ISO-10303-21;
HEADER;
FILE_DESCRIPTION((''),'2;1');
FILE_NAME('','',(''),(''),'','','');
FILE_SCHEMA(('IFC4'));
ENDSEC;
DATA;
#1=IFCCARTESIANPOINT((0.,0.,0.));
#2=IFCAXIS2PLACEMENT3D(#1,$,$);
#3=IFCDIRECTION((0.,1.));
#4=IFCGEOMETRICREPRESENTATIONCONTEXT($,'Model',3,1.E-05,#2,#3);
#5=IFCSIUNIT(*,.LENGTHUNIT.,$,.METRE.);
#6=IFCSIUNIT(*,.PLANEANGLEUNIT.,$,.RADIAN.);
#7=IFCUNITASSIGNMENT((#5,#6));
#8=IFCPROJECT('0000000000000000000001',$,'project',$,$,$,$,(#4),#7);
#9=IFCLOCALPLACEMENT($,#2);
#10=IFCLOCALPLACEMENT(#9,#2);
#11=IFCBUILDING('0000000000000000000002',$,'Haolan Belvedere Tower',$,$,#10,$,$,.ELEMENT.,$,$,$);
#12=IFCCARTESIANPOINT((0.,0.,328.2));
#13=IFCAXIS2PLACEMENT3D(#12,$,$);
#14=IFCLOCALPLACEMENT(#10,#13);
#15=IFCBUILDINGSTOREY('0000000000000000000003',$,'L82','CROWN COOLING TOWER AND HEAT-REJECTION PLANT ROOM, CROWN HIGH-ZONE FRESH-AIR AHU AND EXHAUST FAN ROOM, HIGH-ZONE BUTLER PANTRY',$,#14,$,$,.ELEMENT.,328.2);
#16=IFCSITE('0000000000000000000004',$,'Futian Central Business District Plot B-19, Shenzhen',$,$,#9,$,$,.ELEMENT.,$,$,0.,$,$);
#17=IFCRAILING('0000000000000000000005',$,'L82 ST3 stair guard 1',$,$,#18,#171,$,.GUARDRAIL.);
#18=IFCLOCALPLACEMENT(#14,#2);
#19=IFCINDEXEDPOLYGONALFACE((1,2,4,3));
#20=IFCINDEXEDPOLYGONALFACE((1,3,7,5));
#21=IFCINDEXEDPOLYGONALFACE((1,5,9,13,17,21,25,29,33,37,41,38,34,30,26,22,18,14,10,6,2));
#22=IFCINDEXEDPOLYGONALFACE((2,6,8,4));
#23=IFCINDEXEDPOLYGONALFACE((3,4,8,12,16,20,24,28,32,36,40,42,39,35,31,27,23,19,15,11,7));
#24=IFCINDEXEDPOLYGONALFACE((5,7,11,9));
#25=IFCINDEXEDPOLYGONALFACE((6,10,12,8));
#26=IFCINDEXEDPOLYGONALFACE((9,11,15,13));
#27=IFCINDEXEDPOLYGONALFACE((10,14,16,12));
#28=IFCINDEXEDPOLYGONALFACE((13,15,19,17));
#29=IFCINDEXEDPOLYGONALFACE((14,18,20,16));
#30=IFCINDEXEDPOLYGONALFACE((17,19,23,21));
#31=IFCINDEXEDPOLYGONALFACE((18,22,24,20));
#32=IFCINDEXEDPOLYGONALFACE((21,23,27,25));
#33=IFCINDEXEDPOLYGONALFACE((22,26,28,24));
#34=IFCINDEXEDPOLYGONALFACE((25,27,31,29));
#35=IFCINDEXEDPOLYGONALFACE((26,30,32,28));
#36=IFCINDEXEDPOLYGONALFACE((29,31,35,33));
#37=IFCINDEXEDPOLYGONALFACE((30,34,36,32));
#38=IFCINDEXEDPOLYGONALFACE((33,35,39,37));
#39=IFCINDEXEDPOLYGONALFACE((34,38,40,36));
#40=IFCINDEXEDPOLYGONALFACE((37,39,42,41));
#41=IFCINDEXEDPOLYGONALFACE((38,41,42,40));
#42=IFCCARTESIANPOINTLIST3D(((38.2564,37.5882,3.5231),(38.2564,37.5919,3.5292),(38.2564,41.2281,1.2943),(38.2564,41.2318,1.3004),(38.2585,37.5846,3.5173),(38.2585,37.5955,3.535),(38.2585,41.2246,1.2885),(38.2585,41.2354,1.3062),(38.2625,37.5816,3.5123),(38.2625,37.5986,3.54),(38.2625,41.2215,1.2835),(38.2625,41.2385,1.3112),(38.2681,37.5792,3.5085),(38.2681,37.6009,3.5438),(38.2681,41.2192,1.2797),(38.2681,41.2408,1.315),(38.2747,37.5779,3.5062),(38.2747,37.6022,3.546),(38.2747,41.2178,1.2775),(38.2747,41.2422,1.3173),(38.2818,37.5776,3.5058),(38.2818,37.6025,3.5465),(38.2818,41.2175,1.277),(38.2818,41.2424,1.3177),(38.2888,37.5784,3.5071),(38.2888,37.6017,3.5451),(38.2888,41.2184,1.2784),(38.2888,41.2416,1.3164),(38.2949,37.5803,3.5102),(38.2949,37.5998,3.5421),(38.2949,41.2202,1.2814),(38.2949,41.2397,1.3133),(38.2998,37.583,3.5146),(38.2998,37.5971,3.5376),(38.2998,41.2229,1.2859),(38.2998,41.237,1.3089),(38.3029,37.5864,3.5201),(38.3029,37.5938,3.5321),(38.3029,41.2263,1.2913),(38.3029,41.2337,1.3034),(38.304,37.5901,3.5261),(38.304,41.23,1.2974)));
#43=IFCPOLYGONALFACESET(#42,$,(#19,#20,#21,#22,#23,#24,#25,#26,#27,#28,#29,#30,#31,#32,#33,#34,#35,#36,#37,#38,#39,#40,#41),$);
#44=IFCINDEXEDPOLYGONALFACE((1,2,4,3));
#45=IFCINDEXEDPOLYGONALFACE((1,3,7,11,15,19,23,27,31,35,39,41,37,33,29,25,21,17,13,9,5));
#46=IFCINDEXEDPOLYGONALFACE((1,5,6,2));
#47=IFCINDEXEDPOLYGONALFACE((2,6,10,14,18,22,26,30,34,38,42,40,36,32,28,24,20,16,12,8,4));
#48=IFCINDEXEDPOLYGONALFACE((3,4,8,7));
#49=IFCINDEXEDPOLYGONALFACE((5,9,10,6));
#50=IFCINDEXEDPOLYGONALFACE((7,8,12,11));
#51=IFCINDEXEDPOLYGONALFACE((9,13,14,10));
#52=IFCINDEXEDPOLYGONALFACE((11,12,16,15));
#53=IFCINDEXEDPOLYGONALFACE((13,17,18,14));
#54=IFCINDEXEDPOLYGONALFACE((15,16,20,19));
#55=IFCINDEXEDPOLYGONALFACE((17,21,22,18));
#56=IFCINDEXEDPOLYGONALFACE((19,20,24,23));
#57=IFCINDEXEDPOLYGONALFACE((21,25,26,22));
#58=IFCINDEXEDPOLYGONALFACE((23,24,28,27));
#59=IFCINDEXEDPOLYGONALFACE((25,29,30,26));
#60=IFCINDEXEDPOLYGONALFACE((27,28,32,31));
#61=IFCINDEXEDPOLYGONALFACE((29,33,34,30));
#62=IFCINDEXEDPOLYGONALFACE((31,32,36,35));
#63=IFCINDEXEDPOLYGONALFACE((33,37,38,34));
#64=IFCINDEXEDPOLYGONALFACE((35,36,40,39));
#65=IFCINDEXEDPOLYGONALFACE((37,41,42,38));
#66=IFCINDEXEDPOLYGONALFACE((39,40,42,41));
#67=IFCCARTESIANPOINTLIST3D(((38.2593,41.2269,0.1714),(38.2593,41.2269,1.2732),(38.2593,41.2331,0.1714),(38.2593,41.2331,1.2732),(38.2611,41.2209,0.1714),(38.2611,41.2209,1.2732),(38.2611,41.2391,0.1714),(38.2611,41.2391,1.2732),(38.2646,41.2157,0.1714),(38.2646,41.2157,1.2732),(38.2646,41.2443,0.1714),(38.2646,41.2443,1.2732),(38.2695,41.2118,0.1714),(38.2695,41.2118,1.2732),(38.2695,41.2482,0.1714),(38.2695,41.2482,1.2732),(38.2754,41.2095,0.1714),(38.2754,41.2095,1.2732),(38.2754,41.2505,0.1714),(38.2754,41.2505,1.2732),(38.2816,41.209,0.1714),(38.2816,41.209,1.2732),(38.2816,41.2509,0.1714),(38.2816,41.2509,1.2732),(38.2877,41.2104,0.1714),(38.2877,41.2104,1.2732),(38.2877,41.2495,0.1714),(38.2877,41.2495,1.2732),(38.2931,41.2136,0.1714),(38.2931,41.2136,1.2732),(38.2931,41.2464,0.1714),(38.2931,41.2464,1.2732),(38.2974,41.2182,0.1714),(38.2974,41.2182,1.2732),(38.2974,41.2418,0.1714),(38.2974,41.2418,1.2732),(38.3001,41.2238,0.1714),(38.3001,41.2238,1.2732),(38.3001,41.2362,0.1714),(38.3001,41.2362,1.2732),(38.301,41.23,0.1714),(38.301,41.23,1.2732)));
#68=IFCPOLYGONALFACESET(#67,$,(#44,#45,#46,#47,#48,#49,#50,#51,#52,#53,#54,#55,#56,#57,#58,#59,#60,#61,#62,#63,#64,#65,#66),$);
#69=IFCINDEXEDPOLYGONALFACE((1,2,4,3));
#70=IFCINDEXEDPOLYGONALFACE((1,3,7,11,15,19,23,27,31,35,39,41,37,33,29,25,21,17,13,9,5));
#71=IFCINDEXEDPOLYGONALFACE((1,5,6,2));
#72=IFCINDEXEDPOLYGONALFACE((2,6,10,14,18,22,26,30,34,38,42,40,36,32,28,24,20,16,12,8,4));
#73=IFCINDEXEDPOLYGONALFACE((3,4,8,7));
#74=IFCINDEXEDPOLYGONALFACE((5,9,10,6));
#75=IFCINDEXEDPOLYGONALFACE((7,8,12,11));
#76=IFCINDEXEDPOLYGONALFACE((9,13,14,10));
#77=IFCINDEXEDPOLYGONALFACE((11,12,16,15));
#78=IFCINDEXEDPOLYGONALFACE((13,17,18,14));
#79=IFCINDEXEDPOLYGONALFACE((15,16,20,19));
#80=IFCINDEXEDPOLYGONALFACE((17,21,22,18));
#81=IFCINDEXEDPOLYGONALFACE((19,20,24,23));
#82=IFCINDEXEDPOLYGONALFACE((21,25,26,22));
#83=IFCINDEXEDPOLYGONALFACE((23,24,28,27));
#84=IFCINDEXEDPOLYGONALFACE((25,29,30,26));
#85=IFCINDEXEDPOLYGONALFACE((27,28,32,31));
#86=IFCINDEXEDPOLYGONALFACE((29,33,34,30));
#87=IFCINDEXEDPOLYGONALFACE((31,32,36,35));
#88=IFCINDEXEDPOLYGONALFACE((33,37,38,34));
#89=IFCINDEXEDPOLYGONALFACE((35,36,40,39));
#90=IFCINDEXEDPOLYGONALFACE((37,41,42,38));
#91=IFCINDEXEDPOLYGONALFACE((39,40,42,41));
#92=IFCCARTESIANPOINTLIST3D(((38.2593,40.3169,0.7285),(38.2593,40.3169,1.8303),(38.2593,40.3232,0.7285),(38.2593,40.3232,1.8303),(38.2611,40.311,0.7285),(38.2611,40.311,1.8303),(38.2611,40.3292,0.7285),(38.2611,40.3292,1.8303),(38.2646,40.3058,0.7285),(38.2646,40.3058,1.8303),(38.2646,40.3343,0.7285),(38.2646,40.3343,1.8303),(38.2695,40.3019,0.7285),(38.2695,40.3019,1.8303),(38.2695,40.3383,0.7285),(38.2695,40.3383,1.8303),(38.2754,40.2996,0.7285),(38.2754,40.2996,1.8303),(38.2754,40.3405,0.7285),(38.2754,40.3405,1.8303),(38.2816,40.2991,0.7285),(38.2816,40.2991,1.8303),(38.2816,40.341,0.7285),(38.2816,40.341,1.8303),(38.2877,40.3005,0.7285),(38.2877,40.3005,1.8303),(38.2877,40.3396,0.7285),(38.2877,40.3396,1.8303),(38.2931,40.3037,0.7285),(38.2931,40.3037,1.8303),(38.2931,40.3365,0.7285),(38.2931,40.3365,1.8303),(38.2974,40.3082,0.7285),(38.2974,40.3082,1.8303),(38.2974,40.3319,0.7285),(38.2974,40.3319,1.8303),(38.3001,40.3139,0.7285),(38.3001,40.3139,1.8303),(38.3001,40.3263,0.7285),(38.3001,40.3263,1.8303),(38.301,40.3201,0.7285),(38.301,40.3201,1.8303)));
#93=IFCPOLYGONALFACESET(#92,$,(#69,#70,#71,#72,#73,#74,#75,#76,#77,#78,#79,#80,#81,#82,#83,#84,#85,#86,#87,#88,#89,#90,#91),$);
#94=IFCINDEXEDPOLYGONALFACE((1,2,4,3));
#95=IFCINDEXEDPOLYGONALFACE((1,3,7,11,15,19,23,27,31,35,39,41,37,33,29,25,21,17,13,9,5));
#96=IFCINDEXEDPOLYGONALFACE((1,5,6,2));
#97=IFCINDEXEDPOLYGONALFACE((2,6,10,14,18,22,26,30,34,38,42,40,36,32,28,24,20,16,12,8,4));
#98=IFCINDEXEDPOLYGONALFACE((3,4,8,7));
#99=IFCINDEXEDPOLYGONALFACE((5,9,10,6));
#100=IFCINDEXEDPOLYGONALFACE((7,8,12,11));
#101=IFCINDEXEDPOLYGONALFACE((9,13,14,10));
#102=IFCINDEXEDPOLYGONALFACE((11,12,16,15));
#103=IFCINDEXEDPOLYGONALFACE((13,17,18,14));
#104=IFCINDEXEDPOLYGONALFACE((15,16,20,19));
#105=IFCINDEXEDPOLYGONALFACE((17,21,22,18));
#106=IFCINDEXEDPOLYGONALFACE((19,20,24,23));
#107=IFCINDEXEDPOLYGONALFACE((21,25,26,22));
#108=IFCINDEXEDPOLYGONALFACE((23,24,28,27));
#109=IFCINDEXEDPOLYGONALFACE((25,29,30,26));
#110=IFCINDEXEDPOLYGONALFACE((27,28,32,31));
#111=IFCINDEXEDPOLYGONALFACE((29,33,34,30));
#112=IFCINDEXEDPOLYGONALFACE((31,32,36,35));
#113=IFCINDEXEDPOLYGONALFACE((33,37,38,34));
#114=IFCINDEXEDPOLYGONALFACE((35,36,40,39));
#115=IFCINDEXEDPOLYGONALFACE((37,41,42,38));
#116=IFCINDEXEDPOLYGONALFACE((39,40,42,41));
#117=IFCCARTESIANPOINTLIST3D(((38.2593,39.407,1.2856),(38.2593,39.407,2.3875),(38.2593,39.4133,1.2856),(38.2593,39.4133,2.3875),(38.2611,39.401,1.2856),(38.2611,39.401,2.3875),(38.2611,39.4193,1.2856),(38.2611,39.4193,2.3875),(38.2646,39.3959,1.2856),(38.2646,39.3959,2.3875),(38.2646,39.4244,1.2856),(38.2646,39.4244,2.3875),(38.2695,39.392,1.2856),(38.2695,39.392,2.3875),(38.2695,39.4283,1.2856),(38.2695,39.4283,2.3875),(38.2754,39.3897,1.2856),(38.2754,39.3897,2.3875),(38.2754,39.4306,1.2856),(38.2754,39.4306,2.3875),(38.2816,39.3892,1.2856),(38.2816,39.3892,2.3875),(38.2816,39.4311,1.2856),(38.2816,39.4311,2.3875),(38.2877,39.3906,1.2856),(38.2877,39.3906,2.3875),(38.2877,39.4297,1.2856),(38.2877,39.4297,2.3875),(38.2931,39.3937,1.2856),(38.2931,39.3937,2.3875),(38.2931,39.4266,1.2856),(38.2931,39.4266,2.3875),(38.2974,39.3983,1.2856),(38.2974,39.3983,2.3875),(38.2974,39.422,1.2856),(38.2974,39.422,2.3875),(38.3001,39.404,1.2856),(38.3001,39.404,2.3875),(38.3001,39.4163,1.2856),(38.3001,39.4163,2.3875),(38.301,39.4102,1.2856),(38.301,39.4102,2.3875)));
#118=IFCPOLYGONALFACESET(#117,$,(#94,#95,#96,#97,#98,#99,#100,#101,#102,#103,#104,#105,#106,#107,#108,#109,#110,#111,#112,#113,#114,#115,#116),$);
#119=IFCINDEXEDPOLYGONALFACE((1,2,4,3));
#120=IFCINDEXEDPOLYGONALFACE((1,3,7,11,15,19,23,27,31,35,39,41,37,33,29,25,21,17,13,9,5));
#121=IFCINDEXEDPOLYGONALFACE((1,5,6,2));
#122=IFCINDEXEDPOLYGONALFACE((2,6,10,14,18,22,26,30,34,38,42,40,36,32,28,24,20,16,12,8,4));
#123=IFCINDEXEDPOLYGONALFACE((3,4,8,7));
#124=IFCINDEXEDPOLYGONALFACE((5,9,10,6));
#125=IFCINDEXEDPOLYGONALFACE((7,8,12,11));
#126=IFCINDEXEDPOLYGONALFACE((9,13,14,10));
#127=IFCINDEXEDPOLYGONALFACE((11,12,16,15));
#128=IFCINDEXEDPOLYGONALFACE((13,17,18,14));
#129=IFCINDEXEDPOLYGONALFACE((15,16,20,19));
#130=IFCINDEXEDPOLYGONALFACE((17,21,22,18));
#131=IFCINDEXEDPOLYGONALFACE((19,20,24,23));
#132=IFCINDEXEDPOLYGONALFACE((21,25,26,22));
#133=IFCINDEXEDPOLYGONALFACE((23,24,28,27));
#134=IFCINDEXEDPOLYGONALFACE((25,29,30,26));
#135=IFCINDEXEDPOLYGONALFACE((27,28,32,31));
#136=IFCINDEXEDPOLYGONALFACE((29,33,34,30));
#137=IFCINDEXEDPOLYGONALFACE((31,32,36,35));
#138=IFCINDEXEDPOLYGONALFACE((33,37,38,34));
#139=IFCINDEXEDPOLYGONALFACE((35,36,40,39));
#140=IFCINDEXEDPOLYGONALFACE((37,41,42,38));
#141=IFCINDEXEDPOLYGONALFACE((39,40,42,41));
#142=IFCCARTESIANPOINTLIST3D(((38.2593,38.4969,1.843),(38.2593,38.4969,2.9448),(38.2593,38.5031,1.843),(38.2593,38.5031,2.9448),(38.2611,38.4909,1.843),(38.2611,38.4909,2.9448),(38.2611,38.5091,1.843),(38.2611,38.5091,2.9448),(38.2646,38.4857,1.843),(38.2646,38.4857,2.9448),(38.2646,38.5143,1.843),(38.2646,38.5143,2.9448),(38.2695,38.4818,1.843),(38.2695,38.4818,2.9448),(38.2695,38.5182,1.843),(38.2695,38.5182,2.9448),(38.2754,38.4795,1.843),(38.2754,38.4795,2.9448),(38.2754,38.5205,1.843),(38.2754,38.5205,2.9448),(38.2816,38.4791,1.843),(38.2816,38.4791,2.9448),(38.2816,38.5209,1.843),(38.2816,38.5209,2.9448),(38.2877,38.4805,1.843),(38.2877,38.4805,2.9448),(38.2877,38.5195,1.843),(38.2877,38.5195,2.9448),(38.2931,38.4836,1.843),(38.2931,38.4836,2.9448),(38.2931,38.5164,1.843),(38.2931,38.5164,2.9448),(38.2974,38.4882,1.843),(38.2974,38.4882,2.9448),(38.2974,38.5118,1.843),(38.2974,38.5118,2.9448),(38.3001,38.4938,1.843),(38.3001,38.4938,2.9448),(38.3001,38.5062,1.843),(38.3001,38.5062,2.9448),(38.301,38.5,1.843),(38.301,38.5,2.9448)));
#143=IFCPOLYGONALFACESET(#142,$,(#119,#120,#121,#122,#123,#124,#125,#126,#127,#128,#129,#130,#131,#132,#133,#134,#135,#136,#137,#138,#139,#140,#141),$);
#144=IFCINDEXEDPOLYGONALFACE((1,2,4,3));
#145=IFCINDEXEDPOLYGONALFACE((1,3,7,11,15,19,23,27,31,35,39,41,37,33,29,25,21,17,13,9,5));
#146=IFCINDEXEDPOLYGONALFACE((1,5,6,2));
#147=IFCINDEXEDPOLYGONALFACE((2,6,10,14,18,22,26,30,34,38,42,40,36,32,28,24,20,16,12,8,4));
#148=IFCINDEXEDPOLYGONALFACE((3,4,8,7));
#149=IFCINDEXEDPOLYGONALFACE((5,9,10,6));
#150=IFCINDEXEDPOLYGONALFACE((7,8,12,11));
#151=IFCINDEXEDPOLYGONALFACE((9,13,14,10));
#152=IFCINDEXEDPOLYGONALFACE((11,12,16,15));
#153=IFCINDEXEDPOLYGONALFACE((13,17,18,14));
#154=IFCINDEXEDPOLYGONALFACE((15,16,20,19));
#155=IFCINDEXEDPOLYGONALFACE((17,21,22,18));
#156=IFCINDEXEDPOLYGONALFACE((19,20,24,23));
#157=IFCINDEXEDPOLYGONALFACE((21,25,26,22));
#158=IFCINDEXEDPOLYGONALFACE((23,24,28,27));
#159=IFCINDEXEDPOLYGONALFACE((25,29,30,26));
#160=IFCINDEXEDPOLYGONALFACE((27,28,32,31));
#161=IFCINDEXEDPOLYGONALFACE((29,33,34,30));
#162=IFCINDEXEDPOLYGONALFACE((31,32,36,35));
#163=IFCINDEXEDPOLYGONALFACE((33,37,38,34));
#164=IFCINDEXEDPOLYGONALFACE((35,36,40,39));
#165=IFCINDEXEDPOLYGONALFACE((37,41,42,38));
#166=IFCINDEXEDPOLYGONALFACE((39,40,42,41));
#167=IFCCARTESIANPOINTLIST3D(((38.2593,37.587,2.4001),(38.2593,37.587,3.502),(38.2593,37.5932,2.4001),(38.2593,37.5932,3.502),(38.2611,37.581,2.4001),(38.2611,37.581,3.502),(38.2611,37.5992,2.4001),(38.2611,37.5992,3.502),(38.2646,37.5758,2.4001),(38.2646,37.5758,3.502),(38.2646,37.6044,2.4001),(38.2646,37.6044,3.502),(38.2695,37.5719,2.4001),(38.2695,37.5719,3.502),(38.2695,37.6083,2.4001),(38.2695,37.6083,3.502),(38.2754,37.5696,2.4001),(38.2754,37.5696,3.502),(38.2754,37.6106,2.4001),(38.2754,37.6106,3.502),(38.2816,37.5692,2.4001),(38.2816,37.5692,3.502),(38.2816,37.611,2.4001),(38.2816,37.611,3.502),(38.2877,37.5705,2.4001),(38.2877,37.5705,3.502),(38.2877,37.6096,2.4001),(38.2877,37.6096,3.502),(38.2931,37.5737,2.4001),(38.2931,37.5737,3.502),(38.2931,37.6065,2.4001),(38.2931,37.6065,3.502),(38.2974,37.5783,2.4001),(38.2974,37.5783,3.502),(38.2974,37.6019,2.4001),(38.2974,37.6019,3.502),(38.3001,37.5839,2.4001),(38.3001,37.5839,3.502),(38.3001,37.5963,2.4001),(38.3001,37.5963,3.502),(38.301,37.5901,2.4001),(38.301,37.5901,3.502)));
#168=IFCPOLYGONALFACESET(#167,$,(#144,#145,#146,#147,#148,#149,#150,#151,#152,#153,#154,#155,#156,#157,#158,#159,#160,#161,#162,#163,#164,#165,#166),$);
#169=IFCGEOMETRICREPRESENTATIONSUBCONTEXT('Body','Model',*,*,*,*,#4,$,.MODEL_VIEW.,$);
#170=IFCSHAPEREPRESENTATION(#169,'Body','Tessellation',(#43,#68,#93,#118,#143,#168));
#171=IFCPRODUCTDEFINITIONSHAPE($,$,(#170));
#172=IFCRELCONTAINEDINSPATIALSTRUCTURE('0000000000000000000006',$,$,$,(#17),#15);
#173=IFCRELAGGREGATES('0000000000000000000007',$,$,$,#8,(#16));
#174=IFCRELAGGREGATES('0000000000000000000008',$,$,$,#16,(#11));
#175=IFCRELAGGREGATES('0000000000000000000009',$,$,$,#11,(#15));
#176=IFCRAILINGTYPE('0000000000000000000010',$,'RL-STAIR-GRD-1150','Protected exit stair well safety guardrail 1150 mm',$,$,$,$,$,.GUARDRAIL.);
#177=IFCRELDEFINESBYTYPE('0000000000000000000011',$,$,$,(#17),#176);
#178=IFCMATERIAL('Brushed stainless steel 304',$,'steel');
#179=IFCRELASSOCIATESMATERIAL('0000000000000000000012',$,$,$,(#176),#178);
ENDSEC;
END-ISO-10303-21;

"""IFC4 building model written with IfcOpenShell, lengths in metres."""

from ifc_helpers import new_model, si_unit, direction, frame, origin, origin_2d, place, context, subcontext, project, spatial, circle, extrude, material, type_object, element, save


model = new_model("IFC4")

# Units and contexts
model_context = context("Model", 3, precision=1e-05, world=origin(), true_north=direction((0.0, 1.0)))
body_context = subcontext(model_context, "Body", "Model", "MODEL_VIEW")
ifc_project = project(units=[si_unit("LENGTHUNIT", "METRE"), si_unit("PLANEANGLEUNIT", "RADIAN")], contexts=[model_context])

# Site, building, storey
site_placement = place(None, origin())
site = spatial("IfcSite", under=ifc_project, at=site_placement, Name="Futian Central Business District Plot B-19, Shenzhen", CompositionType="ELEMENT", RefElevation=0.0)
building_placement = place(site_placement, origin())
building = spatial("IfcBuilding", under=site, at=building_placement, Name="Haolan Belvedere Tower", CompositionType="ELEMENT")
storey_placement = place(building_placement, frame((0.0, 0.0, 328.2)))
storey = spatial("IfcBuildingStorey", under=building, at=storey_placement, Name="L82", Description="CROWN COOLING TOWER AND HEAT-REJECTION PLANT ROOM, CROWN HIGH-ZONE FRESH-AIR AHU AND EXHAUST FAN ROOM, HIGH-ZONE BUTLER PANTRY", CompositionType="ELEMENT", Elevation=328.2)

# Railing
ifc_material_1 = material(Name="Brushed stainless steel 304", Category="steel")
railing_type_1 = type_object("IfcRailingType", Name="RL-STAIR-GRD-1150", Description="Protected exit stair well safety guardrail 1150 mm", PredefinedType="GUARDRAIL", material=ifc_material_1)
railing_1_placement = place(storey_placement, frame((38.28, 41.23, 0.1714)))
element("IfcRailing", 1, at=railing_1_placement, inside=storey, type_object=railing_type_1, Name="L82 ST3 stair guard 1", PredefinedType="GUARDRAIL", context=body_context, shape_type="SweptSolid", body=[
    extrude(circle(Radius=0.0239, at=origin_2d()), frame((0.0, 0.0, 1.126), z_axis=(0.0, -0.852825, 0.522197), x_axis=(1.0, 0.0, 0.0)), (0.0, 0.0, 1.0), 4.2681),
    extrude(circle(Radius=0.021, at=origin_2d()), origin(), (0.0, 0.0, 1.0), 1.1018),
    extrude(circle(Radius=0.021, at=origin_2d()), frame((0.0, -0.9099, 0.5571)), (0.0, 0.0, 1.0), 1.1018),
    extrude(circle(Radius=0.021, at=origin_2d()), frame((0.0, -1.8198, 1.1143)), (0.0, 0.0, 1.0), 1.1018),
    extrude(circle(Radius=0.021, at=origin_2d()), frame((0.0, -2.73, 1.6716)), (0.0, 0.0, 1.0), 1.1018),
    extrude(circle(Radius=0.021, at=origin_2d()), frame((0.0, -3.6399, 2.2288)), (0.0, 0.0, 1.0), 1.1018),
])

save(model, "model.ifc")
